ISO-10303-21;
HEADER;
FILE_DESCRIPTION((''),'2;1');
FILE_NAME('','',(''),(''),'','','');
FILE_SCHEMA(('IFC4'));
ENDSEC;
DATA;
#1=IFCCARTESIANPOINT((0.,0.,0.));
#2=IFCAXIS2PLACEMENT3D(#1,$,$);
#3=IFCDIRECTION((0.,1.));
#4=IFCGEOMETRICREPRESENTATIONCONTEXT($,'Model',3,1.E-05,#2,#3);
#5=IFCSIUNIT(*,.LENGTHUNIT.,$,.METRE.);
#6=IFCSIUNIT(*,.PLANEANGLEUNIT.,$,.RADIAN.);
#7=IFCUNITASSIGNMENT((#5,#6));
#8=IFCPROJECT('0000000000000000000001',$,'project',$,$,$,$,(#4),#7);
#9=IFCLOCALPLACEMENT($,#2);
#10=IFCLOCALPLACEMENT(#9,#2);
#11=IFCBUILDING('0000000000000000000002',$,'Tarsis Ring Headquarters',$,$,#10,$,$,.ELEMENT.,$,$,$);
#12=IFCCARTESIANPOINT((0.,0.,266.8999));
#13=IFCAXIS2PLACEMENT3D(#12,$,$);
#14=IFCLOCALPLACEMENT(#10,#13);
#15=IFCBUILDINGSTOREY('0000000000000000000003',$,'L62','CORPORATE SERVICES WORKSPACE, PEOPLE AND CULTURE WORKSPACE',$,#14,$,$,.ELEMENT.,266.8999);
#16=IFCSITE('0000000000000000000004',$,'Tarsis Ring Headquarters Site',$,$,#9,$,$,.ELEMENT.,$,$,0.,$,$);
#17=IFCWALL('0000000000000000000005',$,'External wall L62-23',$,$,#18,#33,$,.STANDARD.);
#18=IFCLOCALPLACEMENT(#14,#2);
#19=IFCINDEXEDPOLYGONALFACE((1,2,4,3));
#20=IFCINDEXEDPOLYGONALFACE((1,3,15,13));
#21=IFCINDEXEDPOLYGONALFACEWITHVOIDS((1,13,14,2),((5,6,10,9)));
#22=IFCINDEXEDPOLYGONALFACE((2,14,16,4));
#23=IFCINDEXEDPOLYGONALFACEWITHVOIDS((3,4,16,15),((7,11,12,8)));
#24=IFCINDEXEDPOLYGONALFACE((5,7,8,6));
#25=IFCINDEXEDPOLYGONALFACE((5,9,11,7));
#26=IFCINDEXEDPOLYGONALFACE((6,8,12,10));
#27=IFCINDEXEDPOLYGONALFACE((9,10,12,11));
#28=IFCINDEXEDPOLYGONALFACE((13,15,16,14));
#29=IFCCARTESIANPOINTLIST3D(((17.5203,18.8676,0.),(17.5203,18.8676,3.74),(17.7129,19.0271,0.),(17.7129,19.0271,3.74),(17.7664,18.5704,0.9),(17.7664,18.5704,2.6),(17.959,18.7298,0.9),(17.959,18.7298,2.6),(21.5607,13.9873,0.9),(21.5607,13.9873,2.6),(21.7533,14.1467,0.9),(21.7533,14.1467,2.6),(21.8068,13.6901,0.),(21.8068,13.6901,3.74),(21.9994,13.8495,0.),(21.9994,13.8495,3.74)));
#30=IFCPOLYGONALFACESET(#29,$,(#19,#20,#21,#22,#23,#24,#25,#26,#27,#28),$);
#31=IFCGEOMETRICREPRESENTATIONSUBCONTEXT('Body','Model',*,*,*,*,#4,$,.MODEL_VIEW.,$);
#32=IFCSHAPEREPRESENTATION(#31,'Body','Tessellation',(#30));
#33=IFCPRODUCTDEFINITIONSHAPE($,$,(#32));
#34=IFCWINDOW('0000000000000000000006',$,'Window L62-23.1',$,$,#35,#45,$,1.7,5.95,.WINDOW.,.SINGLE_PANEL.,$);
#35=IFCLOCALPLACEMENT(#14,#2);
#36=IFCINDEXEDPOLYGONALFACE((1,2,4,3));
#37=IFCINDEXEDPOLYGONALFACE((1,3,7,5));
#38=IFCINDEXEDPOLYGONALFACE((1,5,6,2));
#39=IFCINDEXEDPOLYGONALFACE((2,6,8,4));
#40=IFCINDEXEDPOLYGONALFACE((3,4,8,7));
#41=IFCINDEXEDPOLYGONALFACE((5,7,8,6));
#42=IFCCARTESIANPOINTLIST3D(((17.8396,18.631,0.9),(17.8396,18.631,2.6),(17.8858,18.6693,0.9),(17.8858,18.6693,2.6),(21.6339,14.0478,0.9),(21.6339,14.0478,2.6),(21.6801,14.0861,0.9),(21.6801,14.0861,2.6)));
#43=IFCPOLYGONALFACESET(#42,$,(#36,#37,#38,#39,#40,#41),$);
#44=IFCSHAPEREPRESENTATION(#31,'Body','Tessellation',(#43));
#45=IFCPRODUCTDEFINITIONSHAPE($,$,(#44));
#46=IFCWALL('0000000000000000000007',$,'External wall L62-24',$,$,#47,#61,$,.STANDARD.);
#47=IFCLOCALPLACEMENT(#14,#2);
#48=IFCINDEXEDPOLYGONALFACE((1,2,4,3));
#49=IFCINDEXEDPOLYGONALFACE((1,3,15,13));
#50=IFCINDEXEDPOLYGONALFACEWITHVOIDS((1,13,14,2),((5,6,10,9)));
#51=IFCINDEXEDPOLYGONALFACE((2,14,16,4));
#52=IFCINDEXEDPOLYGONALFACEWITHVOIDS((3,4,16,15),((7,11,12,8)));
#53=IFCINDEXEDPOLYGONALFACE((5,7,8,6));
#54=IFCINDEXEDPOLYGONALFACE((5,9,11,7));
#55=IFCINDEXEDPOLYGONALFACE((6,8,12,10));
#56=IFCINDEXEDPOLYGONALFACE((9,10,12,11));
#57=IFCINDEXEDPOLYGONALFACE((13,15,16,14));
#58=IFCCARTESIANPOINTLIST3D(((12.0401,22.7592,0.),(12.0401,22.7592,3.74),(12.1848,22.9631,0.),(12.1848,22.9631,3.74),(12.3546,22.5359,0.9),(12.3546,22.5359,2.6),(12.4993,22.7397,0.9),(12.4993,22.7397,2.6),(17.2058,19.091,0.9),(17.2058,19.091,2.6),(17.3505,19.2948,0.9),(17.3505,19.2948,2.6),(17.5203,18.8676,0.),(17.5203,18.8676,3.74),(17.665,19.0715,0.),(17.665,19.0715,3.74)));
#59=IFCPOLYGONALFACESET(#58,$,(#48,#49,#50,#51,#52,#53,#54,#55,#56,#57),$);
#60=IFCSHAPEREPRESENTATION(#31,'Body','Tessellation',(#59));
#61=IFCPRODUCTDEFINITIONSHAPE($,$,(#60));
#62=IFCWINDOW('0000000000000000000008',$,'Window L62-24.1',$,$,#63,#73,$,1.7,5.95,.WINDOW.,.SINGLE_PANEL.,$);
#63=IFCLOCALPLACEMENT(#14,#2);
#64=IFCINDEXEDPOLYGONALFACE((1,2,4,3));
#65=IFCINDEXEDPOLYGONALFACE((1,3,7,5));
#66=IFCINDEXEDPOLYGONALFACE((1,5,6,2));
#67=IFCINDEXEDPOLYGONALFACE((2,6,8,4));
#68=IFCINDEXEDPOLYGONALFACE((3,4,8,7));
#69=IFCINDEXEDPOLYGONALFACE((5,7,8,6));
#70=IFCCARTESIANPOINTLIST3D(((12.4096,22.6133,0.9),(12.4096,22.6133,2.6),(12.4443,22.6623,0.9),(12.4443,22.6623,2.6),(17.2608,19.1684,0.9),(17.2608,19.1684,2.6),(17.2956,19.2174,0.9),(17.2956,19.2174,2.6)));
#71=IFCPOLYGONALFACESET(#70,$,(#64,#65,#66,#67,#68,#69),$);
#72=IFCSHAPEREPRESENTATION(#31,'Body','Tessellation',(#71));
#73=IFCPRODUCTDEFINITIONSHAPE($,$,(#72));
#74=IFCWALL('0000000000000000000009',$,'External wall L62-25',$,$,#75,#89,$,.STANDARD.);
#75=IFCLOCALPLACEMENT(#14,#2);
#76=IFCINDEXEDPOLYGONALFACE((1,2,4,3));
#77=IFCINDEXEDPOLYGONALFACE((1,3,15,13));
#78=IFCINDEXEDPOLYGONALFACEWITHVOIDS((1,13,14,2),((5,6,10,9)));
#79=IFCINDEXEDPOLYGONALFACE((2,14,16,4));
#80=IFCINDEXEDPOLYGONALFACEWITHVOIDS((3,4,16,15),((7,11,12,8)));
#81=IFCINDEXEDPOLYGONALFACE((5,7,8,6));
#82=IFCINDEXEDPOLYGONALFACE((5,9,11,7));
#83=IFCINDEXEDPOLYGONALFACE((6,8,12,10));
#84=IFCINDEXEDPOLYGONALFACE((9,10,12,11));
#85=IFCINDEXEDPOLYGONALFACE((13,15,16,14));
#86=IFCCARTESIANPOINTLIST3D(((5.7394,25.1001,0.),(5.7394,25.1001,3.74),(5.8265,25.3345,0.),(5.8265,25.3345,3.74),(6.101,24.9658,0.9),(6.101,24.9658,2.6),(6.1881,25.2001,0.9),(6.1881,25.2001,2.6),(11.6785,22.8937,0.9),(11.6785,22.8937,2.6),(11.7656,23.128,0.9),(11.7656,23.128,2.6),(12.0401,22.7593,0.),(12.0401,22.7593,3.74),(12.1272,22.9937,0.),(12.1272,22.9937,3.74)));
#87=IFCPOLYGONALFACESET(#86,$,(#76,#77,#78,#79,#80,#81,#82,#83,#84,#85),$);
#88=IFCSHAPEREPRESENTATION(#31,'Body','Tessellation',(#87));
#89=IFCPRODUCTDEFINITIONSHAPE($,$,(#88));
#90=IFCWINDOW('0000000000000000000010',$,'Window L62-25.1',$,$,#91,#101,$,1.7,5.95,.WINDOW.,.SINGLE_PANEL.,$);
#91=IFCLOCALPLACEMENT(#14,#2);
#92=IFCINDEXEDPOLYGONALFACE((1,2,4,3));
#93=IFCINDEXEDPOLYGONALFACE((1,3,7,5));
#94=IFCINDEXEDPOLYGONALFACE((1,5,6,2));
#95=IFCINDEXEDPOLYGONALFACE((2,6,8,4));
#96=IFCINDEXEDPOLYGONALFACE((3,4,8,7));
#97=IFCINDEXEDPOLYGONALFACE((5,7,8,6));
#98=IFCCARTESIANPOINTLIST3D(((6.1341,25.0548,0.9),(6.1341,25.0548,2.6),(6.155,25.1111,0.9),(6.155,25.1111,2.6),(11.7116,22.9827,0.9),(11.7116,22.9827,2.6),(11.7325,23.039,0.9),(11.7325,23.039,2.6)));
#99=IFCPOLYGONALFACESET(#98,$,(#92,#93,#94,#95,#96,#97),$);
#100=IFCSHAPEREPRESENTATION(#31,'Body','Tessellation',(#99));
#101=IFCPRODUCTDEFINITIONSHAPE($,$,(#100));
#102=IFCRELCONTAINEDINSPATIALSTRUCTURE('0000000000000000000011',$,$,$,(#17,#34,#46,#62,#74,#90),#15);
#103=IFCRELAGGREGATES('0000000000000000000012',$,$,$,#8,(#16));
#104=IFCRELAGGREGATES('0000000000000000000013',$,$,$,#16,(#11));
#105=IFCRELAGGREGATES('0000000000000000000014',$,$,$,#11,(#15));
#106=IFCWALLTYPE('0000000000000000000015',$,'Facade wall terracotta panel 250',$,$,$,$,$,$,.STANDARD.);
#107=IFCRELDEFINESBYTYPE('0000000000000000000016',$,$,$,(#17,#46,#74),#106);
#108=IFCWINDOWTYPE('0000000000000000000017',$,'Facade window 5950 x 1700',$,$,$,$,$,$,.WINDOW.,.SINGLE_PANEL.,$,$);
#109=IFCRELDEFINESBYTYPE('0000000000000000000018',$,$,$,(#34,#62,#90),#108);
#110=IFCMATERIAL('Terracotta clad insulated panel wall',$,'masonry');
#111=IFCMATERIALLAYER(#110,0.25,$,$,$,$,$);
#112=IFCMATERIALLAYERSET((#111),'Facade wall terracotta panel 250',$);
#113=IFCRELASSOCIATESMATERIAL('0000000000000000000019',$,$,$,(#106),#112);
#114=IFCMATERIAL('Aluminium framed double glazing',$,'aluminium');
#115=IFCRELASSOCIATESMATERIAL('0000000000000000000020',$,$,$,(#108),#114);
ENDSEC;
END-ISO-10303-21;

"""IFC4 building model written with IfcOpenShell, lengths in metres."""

from ifc_helpers import new_model, si_unit, direction, frame, frame_2d, origin, place, context, subcontext, project, spatial, rectangle, extrude, material, layer, layer_set, type_object, element, fill, save


model = new_model("IFC4")

# Units and contexts
model_context = context("Model", 3, precision=1e-05, world=origin(), true_north=direction((0.0, 1.0)))
body_context = subcontext(model_context, "Body", "Model", "MODEL_VIEW")
ifc_project = project(units=[si_unit("LENGTHUNIT", "METRE"), si_unit("PLANEANGLEUNIT", "RADIAN")], contexts=[model_context])

# Site, building, storey
site_placement = place(None, origin())
site = spatial("IfcSite", under=ifc_project, at=site_placement, Name="Tarsis Ring Headquarters Site", CompositionType="ELEMENT", RefElevation=0.0)
building_placement = place(site_placement, origin())
building = spatial("IfcBuilding", under=site, at=building_placement, Name="Tarsis Ring Headquarters", CompositionType="ELEMENT")
storey_placement = place(building_placement, frame((0.0, 0.0, 266.8999)))
storey = spatial("IfcBuildingStorey", under=building, at=storey_placement, Name="L62", Description="CORPORATE SERVICES WORKSPACE, PEOPLE AND CULTURE WORKSPACE", CompositionType="ELEMENT", Elevation=266.8999)

# Walls, openings, windows
ifc_material_1 = material(Name="Terracotta clad insulated panel wall", Category="masonry")
ifc_layer_1 = layer(ifc_material_1, 0.25)
ifc_layer_set_1 = layer_set([ifc_layer_1], Name="Facade wall terracotta panel 250")
wall_type_1 = type_object("IfcWallType", Name="Facade wall terracotta panel 250", PredefinedType="STANDARD", material=ifc_layer_set_1)
wall_1_placement = place(storey_placement, frame((21.9031, 13.7698, 0.0), z_axis=(0.0, 0.0, 1.0), x_axis=(-0.637705, 0.77028, 0.0)))
wall_1 = element("IfcWall", 1, at=wall_1_placement, inside=storey, type_object=wall_type_1, Name="External wall L62-23", PredefinedType="STANDARD", context=body_context, shape_type="SweptSolid", body=[
    extrude(rectangle(XDim=6.7217, YDim=0.25, at=frame_2d((3.3608, 0.0))), origin(), (0.0, 0.0, 1.0), 3.74),
])
opening_1_placement = place(wall_1_placement, frame((0.3857, 0.0, 0.8999)))
opening_1 = element("IfcOpeningElement", 2, at=opening_1_placement, cuts=wall_1, PredefinedType="OPENING", context=body_context, shape_type="SweptSolid", body=[
    extrude(rectangle(XDim=5.95, YDim=1.7, at=frame_2d((2.9751, 0.8501))), frame((0.0, 0.135, 0.0), z_axis=(0.0, -1.0, 0.0), x_axis=(1.0, 0.0, 0.0)), (0.0, 0.0, 1.0), 0.27),
])
ifc_material_2 = material(Name="Aluminium framed double glazing", Category="aluminium")
window_type = type_object("IfcWindowType", Name="Facade window 5950 x 1700", PartitioningType="SINGLE_PANEL", PredefinedType="WINDOW", material=ifc_material_2)
window_1_placement = place(opening_1_placement, origin())
window_1 = element("IfcWindow", 3, at=window_1_placement, inside=storey, type_object=window_type, Name="Window L62-23.1", OverallHeight=1.7, OverallWidth=5.95, PartitioningType="SINGLE_PANEL", PredefinedType="WINDOW", context=body_context, shape_type="SweptSolid", body=[
    extrude(rectangle(XDim=5.95, YDim=1.7, at=frame_2d((2.9751, 0.8501))), frame((0.0, 0.03, 0.0), z_axis=(0.0, -1.0, 0.0), x_axis=(1.0, 0.0, 0.0)), (0.0, 0.0, 1.0), 0.0601),
])
fill(opening_1, window_1)
wall_2_placement = place(storey_placement, frame((17.5928, 18.9695, 0.0), z_axis=(0.0, 0.0, 1.0), x_axis=(-0.815338, 0.578985, 0.0)))
wall_2 = element("IfcWall", 4, at=wall_2_placement, inside=storey, type_object=wall_type_1, Name="External wall L62-24", PredefinedType="STANDARD", context=body_context, shape_type="SweptSolid", body=[
    extrude(rectangle(XDim=6.7214, YDim=0.25, at=frame_2d((3.3608, 0.0))), origin(), (0.0, 0.0, 1.0), 3.74),
])
opening_2_placement = place(wall_2_placement, frame((0.3857, 0.0, 0.8999)))
opening_2 = element("IfcOpeningElement", 5, at=opening_2_placement, cuts=wall_2, PredefinedType="OPENING", context=body_context, shape_type="SweptSolid", body=[
    extrude(rectangle(XDim=5.95, YDim=1.7, at=frame_2d((2.9751, 0.8501))), frame((0.0, 0.135, 0.0), z_axis=(0.0, -1.0, 0.0), x_axis=(1.0, 0.0, 0.0)), (0.0, 0.0, 1.0), 0.27),
])
window_2_placement = place(opening_2_placement, origin())
window_2 = element("IfcWindow", 6, at=window_2_placement, inside=storey, type_object=window_type, Name="Window L62-24.1", OverallHeight=1.7, OverallWidth=5.95, PartitioningType="SINGLE_PANEL", PredefinedType="WINDOW", context=body_context, shape_type="SweptSolid", body=[
    extrude(rectangle(XDim=5.95, YDim=1.7, at=frame_2d((2.9751, 0.8501))), frame((0.0, 0.03, 0.0), z_axis=(0.0, -1.0, 0.0), x_axis=(1.0, 0.0, 0.0)), (0.0, 0.0, 1.0), 0.0601),
])
fill(opening_2, window_2)
wall_3_placement = place(storey_placement, frame((12.0837, 22.8765, 0.0), z_axis=(0.0, 0.0, 1.0), x_axis=(-0.9374, 0.348256, 0.0)))
wall_3 = element("IfcWall", 7, at=wall_3_placement, inside=storey, type_object=wall_type_1, Name="External wall L62-25", PredefinedType="STANDARD", context=body_context, shape_type="SweptSolid", body=[
    extrude(rectangle(XDim=6.7214, YDim=0.25, at=frame_2d((3.3608, 0.0))), origin(), (0.0, 0.0, 1.0), 3.74),
])
opening_3_placement = place(wall_3_placement, frame((0.3857, 0.0, 0.8999)))
opening_3 = element("IfcOpeningElement", 8, at=opening_3_placement, cuts=wall_3, PredefinedType="OPENING", context=body_context, shape_type="SweptSolid", body=[
    extrude(rectangle(XDim=5.95, YDim=1.7, at=frame_2d((2.9751, 0.8501))), frame((0.0, 0.135, 0.0), z_axis=(0.0, -1.0, 0.0), x_axis=(1.0, 0.0, 0.0)), (0.0, 0.0, 1.0), 0.27),
])
window_3_placement = place(opening_3_placement, origin())
window_3 = element("IfcWindow", 9, at=window_3_placement, inside=storey, type_object=window_type, Name="Window L62-25.1", OverallHeight=1.7, OverallWidth=5.95, PartitioningType="SINGLE_PANEL", PredefinedType="WINDOW", context=body_context, shape_type="SweptSolid", body=[
    extrude(rectangle(XDim=5.95, YDim=1.7, at=frame_2d((2.9751, 0.8501))), frame((0.0, 0.03, 0.0), z_axis=(0.0, -1.0, 0.0), x_axis=(1.0, 0.0, 0.0)), (0.0, 0.0, 1.0), 0.0601),
])
fill(opening_3, window_3)

save(model, "model.ifc")
